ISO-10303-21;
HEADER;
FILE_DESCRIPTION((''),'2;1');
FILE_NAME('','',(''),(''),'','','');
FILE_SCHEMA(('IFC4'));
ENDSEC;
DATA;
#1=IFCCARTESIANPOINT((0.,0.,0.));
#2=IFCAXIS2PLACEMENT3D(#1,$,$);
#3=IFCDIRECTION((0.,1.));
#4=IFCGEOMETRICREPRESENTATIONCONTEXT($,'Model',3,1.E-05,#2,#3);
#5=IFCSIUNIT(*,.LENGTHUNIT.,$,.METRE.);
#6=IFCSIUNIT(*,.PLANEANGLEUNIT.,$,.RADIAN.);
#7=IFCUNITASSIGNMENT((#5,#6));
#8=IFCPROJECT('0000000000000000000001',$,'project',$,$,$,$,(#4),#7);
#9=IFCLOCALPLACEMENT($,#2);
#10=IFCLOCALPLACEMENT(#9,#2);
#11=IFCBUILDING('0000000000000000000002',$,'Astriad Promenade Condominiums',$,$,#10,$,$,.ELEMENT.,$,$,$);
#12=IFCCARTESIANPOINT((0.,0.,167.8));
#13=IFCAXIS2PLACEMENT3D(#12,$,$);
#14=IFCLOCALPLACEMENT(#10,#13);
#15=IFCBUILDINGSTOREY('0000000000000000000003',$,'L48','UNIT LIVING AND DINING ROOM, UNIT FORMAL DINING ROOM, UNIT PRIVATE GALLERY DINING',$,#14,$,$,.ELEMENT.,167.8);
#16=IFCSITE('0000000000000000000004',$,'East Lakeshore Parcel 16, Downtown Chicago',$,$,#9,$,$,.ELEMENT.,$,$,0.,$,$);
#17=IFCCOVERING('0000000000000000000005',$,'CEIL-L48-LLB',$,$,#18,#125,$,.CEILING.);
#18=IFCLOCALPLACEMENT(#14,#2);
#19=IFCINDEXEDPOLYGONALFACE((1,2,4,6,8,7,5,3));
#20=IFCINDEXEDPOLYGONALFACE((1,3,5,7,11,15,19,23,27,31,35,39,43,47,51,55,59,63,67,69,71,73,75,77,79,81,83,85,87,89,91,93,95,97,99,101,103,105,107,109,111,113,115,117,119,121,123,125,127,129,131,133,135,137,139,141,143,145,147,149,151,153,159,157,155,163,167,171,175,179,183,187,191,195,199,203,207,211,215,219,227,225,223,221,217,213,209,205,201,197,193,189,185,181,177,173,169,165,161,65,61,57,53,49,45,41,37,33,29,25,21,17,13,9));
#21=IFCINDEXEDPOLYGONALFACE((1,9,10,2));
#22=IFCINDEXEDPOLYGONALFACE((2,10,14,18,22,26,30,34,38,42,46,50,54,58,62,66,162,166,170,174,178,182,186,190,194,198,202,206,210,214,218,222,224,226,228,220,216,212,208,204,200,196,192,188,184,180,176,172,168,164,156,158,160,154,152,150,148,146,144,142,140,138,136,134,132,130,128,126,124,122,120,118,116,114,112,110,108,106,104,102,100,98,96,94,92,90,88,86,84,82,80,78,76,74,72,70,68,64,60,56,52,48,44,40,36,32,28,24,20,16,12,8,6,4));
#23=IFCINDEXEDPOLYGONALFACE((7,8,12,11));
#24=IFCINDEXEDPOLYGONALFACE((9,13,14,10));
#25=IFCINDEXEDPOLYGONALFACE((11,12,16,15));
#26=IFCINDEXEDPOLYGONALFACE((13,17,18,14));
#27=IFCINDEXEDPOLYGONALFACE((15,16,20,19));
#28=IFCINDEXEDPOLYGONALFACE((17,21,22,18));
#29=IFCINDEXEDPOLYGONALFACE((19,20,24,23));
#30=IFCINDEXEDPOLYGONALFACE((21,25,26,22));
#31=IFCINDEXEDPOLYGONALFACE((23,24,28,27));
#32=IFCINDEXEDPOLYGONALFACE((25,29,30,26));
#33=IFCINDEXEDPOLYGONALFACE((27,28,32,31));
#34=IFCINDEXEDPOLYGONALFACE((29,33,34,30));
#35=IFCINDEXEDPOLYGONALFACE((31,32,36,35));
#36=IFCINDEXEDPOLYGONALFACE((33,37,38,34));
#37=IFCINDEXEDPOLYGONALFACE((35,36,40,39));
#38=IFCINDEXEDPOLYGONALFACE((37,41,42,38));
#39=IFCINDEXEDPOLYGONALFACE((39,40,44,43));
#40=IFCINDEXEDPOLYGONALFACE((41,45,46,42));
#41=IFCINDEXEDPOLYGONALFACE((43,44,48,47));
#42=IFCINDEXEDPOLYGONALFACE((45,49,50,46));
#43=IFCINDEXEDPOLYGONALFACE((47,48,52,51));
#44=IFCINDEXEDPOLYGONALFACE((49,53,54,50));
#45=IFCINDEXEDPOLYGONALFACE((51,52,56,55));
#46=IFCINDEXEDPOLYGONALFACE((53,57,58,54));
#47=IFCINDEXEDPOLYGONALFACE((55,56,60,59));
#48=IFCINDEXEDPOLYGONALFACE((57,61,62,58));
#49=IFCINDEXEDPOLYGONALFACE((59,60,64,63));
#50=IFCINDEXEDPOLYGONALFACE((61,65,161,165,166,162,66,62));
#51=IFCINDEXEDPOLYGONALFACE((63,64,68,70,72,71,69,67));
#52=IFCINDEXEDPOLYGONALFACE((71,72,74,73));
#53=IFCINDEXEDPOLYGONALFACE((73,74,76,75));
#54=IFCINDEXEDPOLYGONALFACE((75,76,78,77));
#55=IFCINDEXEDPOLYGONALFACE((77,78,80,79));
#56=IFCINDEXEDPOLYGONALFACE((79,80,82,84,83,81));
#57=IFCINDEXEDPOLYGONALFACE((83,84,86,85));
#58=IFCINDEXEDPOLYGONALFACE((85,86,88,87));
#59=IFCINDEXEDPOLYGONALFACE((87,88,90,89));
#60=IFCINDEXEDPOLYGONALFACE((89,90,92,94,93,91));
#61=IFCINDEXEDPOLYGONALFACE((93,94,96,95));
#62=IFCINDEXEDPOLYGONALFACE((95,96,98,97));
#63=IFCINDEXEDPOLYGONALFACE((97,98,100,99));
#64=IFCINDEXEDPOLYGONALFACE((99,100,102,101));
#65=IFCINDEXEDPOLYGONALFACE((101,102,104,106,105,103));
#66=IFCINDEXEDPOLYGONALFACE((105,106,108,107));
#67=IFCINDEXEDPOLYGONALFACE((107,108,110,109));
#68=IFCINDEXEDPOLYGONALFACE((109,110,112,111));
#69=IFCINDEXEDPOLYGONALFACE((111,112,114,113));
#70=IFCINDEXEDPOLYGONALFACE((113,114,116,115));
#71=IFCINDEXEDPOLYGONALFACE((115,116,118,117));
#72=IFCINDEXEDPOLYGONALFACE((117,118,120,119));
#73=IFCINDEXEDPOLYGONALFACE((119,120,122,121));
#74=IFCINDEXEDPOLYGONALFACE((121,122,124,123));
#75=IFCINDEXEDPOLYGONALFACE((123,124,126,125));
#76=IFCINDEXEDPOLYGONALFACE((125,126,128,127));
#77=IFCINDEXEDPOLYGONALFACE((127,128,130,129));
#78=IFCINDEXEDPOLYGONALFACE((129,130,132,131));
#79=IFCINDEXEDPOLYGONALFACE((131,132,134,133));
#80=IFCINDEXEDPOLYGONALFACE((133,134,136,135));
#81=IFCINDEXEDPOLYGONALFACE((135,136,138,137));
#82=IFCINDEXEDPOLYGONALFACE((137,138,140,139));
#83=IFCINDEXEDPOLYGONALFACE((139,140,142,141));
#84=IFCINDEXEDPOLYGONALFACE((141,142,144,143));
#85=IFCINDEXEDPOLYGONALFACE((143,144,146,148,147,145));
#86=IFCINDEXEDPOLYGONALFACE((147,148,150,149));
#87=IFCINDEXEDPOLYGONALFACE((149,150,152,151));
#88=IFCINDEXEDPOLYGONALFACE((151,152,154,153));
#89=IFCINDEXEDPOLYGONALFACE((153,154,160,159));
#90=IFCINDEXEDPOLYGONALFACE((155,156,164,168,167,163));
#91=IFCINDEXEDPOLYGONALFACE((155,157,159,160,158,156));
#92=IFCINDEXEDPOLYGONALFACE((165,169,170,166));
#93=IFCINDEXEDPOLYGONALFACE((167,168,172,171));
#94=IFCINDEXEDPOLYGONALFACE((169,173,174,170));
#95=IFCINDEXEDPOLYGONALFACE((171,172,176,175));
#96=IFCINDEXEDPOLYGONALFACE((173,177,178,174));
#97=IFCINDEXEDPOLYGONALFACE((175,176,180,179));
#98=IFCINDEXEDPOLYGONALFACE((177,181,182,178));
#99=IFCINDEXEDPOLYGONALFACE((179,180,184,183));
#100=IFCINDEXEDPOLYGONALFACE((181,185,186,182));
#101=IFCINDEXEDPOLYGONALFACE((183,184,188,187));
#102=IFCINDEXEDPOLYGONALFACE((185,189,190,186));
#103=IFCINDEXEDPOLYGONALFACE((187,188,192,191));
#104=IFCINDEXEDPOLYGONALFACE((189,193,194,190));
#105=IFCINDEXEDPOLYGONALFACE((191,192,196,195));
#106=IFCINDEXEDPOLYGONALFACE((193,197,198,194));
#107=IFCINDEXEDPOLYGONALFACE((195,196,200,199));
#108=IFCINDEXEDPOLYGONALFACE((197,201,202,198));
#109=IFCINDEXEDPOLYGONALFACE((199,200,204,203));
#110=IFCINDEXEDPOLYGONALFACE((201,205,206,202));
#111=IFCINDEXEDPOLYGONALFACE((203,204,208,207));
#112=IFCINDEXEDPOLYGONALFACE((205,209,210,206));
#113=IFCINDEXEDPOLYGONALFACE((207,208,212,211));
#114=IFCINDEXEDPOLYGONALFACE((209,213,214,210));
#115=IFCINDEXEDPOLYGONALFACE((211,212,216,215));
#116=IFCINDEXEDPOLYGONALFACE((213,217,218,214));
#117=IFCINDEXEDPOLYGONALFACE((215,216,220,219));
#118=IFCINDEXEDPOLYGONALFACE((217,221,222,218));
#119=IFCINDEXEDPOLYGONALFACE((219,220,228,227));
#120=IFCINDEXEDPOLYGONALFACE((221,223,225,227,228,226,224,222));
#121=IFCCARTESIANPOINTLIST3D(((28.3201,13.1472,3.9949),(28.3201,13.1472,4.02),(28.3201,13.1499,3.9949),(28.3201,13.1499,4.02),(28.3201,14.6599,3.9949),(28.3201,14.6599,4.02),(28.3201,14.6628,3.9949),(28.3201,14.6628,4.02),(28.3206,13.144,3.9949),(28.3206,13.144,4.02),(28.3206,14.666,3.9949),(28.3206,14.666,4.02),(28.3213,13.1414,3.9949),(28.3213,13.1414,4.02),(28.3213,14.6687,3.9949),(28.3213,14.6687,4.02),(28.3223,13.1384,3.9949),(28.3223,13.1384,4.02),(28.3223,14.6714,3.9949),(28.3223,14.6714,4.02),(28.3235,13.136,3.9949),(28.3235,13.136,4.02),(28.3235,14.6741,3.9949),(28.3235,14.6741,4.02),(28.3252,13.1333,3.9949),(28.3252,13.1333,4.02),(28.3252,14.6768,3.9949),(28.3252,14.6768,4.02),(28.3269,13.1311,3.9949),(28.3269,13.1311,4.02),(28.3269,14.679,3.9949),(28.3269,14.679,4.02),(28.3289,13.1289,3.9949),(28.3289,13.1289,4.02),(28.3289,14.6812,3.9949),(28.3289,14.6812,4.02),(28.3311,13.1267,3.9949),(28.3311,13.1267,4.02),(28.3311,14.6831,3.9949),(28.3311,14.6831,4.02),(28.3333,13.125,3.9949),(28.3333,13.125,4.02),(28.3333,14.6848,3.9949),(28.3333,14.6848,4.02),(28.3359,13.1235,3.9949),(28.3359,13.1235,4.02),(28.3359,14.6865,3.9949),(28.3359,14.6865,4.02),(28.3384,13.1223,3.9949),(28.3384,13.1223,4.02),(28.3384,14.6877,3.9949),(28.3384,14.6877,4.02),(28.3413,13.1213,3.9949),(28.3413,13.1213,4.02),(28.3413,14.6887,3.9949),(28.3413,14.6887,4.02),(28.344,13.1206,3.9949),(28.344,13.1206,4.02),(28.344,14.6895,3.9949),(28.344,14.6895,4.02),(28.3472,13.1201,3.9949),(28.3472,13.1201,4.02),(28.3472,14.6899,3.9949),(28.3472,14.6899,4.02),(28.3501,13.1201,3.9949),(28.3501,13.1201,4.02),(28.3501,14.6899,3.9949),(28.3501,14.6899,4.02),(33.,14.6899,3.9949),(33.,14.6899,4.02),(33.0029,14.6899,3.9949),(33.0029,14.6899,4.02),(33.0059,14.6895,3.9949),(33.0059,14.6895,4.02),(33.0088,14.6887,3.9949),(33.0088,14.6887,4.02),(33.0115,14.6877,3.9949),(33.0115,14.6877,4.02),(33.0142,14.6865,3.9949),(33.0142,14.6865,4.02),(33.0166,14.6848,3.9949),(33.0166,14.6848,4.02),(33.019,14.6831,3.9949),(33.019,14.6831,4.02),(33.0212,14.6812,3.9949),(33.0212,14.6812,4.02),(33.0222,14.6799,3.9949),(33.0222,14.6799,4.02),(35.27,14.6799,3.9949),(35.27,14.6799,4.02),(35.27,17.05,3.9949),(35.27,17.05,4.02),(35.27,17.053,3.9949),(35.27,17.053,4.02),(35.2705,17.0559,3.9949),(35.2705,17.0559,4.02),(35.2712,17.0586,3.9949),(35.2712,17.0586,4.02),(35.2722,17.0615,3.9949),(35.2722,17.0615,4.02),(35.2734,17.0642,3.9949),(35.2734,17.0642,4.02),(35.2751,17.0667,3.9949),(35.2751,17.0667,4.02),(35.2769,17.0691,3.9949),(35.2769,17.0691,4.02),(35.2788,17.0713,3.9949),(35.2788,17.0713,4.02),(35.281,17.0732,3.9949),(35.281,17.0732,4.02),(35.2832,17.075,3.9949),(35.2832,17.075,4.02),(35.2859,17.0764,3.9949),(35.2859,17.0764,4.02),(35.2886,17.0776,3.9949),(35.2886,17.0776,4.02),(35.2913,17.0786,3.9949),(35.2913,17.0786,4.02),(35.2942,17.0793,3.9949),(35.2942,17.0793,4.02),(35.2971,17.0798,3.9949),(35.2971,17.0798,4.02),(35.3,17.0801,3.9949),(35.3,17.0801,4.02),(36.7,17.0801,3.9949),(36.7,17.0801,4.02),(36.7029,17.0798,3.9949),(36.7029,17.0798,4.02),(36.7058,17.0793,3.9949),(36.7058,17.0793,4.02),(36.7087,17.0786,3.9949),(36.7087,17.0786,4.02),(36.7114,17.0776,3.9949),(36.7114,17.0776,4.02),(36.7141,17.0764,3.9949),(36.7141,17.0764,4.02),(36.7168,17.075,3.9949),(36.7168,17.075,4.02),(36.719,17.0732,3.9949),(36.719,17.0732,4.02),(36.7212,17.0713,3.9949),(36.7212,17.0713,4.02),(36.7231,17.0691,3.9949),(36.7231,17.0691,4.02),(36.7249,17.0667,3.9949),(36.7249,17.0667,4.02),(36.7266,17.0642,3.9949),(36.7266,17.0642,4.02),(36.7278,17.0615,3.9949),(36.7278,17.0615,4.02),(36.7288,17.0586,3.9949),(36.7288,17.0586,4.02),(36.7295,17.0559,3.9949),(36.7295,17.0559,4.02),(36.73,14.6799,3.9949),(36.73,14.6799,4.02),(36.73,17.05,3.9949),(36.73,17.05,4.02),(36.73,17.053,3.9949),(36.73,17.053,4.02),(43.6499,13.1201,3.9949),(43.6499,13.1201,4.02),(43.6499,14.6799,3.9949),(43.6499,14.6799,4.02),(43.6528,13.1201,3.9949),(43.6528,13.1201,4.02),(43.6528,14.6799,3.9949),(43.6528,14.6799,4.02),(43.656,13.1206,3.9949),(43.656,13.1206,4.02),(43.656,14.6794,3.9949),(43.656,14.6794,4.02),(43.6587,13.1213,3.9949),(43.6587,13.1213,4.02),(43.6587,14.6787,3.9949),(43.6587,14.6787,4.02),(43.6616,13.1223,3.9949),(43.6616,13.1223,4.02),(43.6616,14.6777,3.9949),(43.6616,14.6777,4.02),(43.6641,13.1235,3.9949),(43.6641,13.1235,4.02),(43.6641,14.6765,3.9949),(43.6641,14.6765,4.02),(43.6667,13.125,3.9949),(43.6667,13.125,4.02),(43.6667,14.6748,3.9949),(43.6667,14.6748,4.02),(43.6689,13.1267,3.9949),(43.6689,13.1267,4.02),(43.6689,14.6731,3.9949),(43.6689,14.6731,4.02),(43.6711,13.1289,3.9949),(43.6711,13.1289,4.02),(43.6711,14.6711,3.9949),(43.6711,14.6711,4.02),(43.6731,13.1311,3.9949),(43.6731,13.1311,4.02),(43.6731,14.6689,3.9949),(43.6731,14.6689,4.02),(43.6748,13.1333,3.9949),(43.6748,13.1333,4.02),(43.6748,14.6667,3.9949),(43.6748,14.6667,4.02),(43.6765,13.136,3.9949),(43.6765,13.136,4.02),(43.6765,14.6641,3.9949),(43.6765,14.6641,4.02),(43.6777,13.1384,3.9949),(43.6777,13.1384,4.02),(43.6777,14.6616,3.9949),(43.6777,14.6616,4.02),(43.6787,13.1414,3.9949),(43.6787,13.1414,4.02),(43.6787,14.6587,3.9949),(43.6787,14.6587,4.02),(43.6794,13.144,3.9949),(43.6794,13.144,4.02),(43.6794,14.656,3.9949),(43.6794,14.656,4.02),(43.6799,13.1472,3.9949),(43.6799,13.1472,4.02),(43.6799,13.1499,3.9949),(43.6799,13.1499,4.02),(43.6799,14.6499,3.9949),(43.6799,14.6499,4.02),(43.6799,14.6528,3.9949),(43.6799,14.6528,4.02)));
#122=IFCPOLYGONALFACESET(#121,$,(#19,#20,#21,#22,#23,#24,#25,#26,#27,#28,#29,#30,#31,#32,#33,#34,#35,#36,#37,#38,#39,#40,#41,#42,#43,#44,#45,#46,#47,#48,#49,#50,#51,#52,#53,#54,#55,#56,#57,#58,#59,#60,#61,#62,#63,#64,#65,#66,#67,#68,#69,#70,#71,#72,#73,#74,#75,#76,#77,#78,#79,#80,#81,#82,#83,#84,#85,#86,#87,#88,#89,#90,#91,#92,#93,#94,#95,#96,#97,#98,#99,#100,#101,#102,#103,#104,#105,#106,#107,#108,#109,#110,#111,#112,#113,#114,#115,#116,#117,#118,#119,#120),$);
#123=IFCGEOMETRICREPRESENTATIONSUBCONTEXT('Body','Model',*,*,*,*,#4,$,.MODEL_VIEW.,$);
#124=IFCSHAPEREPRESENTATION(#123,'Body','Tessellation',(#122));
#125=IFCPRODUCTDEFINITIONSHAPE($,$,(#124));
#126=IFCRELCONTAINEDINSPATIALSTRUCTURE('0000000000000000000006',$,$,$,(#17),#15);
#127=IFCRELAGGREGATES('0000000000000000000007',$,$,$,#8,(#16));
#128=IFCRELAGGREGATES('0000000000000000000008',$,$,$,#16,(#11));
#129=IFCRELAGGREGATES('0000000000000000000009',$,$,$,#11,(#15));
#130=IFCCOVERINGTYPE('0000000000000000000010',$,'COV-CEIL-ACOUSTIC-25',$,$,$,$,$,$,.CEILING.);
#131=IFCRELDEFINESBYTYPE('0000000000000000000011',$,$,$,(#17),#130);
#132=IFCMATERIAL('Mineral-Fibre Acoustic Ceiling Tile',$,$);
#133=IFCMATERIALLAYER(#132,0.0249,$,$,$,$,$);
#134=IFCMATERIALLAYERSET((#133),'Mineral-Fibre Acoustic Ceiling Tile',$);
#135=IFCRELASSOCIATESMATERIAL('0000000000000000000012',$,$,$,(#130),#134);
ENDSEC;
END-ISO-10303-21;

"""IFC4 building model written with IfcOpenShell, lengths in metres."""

from ifc_helpers import new_model, si_unit, direction, frame, origin, place, context, subcontext, project, spatial, polyline, outline, extrude, material, layer, layer_set, type_object, element, save


model = new_model("IFC4")

# Units and contexts
model_context = context("Model", 3, precision=1e-05, world=origin(), true_north=direction((0.0, 1.0)))
body_context = subcontext(model_context, "Body", "Model", "MODEL_VIEW")
ifc_project = project(units=[si_unit("LENGTHUNIT", "METRE"), si_unit("PLANEANGLEUNIT", "RADIAN")], contexts=[model_context])

# Site, building, storey
site_placement = place(None, origin())
site = spatial("IfcSite", under=ifc_project, at=site_placement, Name="East Lakeshore Parcel 16, Downtown Chicago", CompositionType="ELEMENT", RefElevation=0.0)
building_placement = place(site_placement, origin())
building = spatial("IfcBuilding", under=site, at=building_placement, Name="Astriad Promenade Condominiums", CompositionType="ELEMENT")
storey_placement = place(building_placement, frame((0.0, 0.0, 167.8)))
storey = spatial("IfcBuildingStorey", under=building, at=storey_placement, Name="L48", Description="UNIT LIVING AND DINING ROOM, UNIT FORMAL DINING ROOM, UNIT PRIVATE GALLERY DINING", CompositionType="ELEMENT", Elevation=167.8)

# Covering
ifc_material_1 = material(Name="Mineral-Fibre Acoustic Ceiling Tile")
ifc_layer_1 = layer(ifc_material_1, 0.0249)
ifc_layer_set_1 = layer_set([ifc_layer_1], Name="Mineral-Fibre Acoustic Ceiling Tile")
covering_type_1 = type_object("IfcCoveringType", Name="COV-CEIL-ACOUSTIC-25", PredefinedType="CEILING", material=ifc_layer_set_1)
covering_1_placement = place(storey_placement, frame((0.0, 0.0, 3.9949)))
element("IfcCovering", 1, at=covering_1_placement, inside=storey, type_object=covering_type_1, Name="CEIL-L48-LLB", PredefinedType="CEILING", context=body_context, shape_type="SweptSolid", body=[
    extrude(outline(polyline([(35.27, 14.6799), (35.27, 17.05), (35.27, 17.053), (35.2705, 17.0559), (35.2712, 17.0586), (35.2722, 17.0615), (35.2734, 17.0642), (35.2751, 17.0667), (35.2769, 17.0691), (35.2788, 17.0713), (35.281, 17.0732), (35.2832, 17.075), (35.2859, 17.0764), (35.2886, 17.0776), (35.2913, 17.0786), (35.2942, 17.0793), (35.2971, 17.0798), (35.3, 17.0801), (36.7, 17.0801), (36.7029, 17.0798), (36.7058, 17.0793), (36.7087, 17.0786), (36.7114, 17.0776), (36.7141, 17.0764), (36.7168, 17.075), (36.719, 17.0732), (36.7212, 17.0713), (36.7231, 17.0691), (36.7249, 17.0667), (36.7266, 17.0642), (36.7278, 17.0615), (36.7288, 17.0586), (36.7295, 17.0559), (36.73, 17.053), (36.73, 17.05), (36.73, 14.6799), (43.6499, 14.6799), (43.6528, 14.6799), (43.656, 14.6794), (43.6587, 14.6787), (43.6616, 14.6777), (43.6641, 14.6765), (43.6667, 14.6748), (43.6689, 14.6731), (43.6711, 14.6711), (43.6731, 14.6689), (43.6748, 14.6667), (43.6765, 14.6641), (43.6777, 14.6616), (43.6787, 14.6587), (43.6794, 14.656), (43.6799, 14.6528), (43.6799, 14.6499), (43.6799, 13.1499), (43.6799, 13.1472), (43.6794, 13.144), (43.6787, 13.1414), (43.6777, 13.1384), (43.6765, 13.136), (43.6748, 13.1333), (43.6731, 13.1311), (43.6711, 13.1289), (43.6689, 13.1267), (43.6667, 13.125), (43.6641, 13.1235), (43.6616, 13.1223), (43.6587, 13.1213), (43.656, 13.1206), (43.6528, 13.1201), (43.6499, 13.1201), (28.3501, 13.1201), (28.3472, 13.1201), (28.344, 13.1206), (28.3413, 13.1213), (28.3384, 13.1223), (28.3359, 13.1235), (28.3333, 13.125), (28.3311, 13.1267), (28.3289, 13.1289), (28.3269, 13.1311), (28.3252, 13.1333), (28.3235, 13.136), (28.3223, 13.1384), (28.3213, 13.1414), (28.3206, 13.144), (28.3201, 13.1472), (28.3201, 13.1499), (28.3201, 14.6599), (28.3201, 14.6628), (28.3206, 14.666), (28.3213, 14.6687), (28.3223, 14.6714), (28.3235, 14.6741), (28.3252, 14.6768), (28.3269, 14.679), (28.3289, 14.6812), (28.3311, 14.6831), (28.3333, 14.6848), (28.3359, 14.6865), (28.3384, 14.6877), (28.3413, 14.6887), (28.344, 14.6895), (28.3472, 14.6899), (28.3501, 14.6899), (33.0, 14.6899), (33.0029, 14.6899), (33.0059, 14.6895), (33.0088, 14.6887), (33.0115, 14.6877), (33.0142, 14.6865), (33.0166, 14.6848), (33.019, 14.6831), (33.0212, 14.6812), (33.0222, 14.6799), (35.27, 14.6799)])), origin(), (0.0, 0.0, 1.0), 0.0251),
])

save(model, "model.ifc")
